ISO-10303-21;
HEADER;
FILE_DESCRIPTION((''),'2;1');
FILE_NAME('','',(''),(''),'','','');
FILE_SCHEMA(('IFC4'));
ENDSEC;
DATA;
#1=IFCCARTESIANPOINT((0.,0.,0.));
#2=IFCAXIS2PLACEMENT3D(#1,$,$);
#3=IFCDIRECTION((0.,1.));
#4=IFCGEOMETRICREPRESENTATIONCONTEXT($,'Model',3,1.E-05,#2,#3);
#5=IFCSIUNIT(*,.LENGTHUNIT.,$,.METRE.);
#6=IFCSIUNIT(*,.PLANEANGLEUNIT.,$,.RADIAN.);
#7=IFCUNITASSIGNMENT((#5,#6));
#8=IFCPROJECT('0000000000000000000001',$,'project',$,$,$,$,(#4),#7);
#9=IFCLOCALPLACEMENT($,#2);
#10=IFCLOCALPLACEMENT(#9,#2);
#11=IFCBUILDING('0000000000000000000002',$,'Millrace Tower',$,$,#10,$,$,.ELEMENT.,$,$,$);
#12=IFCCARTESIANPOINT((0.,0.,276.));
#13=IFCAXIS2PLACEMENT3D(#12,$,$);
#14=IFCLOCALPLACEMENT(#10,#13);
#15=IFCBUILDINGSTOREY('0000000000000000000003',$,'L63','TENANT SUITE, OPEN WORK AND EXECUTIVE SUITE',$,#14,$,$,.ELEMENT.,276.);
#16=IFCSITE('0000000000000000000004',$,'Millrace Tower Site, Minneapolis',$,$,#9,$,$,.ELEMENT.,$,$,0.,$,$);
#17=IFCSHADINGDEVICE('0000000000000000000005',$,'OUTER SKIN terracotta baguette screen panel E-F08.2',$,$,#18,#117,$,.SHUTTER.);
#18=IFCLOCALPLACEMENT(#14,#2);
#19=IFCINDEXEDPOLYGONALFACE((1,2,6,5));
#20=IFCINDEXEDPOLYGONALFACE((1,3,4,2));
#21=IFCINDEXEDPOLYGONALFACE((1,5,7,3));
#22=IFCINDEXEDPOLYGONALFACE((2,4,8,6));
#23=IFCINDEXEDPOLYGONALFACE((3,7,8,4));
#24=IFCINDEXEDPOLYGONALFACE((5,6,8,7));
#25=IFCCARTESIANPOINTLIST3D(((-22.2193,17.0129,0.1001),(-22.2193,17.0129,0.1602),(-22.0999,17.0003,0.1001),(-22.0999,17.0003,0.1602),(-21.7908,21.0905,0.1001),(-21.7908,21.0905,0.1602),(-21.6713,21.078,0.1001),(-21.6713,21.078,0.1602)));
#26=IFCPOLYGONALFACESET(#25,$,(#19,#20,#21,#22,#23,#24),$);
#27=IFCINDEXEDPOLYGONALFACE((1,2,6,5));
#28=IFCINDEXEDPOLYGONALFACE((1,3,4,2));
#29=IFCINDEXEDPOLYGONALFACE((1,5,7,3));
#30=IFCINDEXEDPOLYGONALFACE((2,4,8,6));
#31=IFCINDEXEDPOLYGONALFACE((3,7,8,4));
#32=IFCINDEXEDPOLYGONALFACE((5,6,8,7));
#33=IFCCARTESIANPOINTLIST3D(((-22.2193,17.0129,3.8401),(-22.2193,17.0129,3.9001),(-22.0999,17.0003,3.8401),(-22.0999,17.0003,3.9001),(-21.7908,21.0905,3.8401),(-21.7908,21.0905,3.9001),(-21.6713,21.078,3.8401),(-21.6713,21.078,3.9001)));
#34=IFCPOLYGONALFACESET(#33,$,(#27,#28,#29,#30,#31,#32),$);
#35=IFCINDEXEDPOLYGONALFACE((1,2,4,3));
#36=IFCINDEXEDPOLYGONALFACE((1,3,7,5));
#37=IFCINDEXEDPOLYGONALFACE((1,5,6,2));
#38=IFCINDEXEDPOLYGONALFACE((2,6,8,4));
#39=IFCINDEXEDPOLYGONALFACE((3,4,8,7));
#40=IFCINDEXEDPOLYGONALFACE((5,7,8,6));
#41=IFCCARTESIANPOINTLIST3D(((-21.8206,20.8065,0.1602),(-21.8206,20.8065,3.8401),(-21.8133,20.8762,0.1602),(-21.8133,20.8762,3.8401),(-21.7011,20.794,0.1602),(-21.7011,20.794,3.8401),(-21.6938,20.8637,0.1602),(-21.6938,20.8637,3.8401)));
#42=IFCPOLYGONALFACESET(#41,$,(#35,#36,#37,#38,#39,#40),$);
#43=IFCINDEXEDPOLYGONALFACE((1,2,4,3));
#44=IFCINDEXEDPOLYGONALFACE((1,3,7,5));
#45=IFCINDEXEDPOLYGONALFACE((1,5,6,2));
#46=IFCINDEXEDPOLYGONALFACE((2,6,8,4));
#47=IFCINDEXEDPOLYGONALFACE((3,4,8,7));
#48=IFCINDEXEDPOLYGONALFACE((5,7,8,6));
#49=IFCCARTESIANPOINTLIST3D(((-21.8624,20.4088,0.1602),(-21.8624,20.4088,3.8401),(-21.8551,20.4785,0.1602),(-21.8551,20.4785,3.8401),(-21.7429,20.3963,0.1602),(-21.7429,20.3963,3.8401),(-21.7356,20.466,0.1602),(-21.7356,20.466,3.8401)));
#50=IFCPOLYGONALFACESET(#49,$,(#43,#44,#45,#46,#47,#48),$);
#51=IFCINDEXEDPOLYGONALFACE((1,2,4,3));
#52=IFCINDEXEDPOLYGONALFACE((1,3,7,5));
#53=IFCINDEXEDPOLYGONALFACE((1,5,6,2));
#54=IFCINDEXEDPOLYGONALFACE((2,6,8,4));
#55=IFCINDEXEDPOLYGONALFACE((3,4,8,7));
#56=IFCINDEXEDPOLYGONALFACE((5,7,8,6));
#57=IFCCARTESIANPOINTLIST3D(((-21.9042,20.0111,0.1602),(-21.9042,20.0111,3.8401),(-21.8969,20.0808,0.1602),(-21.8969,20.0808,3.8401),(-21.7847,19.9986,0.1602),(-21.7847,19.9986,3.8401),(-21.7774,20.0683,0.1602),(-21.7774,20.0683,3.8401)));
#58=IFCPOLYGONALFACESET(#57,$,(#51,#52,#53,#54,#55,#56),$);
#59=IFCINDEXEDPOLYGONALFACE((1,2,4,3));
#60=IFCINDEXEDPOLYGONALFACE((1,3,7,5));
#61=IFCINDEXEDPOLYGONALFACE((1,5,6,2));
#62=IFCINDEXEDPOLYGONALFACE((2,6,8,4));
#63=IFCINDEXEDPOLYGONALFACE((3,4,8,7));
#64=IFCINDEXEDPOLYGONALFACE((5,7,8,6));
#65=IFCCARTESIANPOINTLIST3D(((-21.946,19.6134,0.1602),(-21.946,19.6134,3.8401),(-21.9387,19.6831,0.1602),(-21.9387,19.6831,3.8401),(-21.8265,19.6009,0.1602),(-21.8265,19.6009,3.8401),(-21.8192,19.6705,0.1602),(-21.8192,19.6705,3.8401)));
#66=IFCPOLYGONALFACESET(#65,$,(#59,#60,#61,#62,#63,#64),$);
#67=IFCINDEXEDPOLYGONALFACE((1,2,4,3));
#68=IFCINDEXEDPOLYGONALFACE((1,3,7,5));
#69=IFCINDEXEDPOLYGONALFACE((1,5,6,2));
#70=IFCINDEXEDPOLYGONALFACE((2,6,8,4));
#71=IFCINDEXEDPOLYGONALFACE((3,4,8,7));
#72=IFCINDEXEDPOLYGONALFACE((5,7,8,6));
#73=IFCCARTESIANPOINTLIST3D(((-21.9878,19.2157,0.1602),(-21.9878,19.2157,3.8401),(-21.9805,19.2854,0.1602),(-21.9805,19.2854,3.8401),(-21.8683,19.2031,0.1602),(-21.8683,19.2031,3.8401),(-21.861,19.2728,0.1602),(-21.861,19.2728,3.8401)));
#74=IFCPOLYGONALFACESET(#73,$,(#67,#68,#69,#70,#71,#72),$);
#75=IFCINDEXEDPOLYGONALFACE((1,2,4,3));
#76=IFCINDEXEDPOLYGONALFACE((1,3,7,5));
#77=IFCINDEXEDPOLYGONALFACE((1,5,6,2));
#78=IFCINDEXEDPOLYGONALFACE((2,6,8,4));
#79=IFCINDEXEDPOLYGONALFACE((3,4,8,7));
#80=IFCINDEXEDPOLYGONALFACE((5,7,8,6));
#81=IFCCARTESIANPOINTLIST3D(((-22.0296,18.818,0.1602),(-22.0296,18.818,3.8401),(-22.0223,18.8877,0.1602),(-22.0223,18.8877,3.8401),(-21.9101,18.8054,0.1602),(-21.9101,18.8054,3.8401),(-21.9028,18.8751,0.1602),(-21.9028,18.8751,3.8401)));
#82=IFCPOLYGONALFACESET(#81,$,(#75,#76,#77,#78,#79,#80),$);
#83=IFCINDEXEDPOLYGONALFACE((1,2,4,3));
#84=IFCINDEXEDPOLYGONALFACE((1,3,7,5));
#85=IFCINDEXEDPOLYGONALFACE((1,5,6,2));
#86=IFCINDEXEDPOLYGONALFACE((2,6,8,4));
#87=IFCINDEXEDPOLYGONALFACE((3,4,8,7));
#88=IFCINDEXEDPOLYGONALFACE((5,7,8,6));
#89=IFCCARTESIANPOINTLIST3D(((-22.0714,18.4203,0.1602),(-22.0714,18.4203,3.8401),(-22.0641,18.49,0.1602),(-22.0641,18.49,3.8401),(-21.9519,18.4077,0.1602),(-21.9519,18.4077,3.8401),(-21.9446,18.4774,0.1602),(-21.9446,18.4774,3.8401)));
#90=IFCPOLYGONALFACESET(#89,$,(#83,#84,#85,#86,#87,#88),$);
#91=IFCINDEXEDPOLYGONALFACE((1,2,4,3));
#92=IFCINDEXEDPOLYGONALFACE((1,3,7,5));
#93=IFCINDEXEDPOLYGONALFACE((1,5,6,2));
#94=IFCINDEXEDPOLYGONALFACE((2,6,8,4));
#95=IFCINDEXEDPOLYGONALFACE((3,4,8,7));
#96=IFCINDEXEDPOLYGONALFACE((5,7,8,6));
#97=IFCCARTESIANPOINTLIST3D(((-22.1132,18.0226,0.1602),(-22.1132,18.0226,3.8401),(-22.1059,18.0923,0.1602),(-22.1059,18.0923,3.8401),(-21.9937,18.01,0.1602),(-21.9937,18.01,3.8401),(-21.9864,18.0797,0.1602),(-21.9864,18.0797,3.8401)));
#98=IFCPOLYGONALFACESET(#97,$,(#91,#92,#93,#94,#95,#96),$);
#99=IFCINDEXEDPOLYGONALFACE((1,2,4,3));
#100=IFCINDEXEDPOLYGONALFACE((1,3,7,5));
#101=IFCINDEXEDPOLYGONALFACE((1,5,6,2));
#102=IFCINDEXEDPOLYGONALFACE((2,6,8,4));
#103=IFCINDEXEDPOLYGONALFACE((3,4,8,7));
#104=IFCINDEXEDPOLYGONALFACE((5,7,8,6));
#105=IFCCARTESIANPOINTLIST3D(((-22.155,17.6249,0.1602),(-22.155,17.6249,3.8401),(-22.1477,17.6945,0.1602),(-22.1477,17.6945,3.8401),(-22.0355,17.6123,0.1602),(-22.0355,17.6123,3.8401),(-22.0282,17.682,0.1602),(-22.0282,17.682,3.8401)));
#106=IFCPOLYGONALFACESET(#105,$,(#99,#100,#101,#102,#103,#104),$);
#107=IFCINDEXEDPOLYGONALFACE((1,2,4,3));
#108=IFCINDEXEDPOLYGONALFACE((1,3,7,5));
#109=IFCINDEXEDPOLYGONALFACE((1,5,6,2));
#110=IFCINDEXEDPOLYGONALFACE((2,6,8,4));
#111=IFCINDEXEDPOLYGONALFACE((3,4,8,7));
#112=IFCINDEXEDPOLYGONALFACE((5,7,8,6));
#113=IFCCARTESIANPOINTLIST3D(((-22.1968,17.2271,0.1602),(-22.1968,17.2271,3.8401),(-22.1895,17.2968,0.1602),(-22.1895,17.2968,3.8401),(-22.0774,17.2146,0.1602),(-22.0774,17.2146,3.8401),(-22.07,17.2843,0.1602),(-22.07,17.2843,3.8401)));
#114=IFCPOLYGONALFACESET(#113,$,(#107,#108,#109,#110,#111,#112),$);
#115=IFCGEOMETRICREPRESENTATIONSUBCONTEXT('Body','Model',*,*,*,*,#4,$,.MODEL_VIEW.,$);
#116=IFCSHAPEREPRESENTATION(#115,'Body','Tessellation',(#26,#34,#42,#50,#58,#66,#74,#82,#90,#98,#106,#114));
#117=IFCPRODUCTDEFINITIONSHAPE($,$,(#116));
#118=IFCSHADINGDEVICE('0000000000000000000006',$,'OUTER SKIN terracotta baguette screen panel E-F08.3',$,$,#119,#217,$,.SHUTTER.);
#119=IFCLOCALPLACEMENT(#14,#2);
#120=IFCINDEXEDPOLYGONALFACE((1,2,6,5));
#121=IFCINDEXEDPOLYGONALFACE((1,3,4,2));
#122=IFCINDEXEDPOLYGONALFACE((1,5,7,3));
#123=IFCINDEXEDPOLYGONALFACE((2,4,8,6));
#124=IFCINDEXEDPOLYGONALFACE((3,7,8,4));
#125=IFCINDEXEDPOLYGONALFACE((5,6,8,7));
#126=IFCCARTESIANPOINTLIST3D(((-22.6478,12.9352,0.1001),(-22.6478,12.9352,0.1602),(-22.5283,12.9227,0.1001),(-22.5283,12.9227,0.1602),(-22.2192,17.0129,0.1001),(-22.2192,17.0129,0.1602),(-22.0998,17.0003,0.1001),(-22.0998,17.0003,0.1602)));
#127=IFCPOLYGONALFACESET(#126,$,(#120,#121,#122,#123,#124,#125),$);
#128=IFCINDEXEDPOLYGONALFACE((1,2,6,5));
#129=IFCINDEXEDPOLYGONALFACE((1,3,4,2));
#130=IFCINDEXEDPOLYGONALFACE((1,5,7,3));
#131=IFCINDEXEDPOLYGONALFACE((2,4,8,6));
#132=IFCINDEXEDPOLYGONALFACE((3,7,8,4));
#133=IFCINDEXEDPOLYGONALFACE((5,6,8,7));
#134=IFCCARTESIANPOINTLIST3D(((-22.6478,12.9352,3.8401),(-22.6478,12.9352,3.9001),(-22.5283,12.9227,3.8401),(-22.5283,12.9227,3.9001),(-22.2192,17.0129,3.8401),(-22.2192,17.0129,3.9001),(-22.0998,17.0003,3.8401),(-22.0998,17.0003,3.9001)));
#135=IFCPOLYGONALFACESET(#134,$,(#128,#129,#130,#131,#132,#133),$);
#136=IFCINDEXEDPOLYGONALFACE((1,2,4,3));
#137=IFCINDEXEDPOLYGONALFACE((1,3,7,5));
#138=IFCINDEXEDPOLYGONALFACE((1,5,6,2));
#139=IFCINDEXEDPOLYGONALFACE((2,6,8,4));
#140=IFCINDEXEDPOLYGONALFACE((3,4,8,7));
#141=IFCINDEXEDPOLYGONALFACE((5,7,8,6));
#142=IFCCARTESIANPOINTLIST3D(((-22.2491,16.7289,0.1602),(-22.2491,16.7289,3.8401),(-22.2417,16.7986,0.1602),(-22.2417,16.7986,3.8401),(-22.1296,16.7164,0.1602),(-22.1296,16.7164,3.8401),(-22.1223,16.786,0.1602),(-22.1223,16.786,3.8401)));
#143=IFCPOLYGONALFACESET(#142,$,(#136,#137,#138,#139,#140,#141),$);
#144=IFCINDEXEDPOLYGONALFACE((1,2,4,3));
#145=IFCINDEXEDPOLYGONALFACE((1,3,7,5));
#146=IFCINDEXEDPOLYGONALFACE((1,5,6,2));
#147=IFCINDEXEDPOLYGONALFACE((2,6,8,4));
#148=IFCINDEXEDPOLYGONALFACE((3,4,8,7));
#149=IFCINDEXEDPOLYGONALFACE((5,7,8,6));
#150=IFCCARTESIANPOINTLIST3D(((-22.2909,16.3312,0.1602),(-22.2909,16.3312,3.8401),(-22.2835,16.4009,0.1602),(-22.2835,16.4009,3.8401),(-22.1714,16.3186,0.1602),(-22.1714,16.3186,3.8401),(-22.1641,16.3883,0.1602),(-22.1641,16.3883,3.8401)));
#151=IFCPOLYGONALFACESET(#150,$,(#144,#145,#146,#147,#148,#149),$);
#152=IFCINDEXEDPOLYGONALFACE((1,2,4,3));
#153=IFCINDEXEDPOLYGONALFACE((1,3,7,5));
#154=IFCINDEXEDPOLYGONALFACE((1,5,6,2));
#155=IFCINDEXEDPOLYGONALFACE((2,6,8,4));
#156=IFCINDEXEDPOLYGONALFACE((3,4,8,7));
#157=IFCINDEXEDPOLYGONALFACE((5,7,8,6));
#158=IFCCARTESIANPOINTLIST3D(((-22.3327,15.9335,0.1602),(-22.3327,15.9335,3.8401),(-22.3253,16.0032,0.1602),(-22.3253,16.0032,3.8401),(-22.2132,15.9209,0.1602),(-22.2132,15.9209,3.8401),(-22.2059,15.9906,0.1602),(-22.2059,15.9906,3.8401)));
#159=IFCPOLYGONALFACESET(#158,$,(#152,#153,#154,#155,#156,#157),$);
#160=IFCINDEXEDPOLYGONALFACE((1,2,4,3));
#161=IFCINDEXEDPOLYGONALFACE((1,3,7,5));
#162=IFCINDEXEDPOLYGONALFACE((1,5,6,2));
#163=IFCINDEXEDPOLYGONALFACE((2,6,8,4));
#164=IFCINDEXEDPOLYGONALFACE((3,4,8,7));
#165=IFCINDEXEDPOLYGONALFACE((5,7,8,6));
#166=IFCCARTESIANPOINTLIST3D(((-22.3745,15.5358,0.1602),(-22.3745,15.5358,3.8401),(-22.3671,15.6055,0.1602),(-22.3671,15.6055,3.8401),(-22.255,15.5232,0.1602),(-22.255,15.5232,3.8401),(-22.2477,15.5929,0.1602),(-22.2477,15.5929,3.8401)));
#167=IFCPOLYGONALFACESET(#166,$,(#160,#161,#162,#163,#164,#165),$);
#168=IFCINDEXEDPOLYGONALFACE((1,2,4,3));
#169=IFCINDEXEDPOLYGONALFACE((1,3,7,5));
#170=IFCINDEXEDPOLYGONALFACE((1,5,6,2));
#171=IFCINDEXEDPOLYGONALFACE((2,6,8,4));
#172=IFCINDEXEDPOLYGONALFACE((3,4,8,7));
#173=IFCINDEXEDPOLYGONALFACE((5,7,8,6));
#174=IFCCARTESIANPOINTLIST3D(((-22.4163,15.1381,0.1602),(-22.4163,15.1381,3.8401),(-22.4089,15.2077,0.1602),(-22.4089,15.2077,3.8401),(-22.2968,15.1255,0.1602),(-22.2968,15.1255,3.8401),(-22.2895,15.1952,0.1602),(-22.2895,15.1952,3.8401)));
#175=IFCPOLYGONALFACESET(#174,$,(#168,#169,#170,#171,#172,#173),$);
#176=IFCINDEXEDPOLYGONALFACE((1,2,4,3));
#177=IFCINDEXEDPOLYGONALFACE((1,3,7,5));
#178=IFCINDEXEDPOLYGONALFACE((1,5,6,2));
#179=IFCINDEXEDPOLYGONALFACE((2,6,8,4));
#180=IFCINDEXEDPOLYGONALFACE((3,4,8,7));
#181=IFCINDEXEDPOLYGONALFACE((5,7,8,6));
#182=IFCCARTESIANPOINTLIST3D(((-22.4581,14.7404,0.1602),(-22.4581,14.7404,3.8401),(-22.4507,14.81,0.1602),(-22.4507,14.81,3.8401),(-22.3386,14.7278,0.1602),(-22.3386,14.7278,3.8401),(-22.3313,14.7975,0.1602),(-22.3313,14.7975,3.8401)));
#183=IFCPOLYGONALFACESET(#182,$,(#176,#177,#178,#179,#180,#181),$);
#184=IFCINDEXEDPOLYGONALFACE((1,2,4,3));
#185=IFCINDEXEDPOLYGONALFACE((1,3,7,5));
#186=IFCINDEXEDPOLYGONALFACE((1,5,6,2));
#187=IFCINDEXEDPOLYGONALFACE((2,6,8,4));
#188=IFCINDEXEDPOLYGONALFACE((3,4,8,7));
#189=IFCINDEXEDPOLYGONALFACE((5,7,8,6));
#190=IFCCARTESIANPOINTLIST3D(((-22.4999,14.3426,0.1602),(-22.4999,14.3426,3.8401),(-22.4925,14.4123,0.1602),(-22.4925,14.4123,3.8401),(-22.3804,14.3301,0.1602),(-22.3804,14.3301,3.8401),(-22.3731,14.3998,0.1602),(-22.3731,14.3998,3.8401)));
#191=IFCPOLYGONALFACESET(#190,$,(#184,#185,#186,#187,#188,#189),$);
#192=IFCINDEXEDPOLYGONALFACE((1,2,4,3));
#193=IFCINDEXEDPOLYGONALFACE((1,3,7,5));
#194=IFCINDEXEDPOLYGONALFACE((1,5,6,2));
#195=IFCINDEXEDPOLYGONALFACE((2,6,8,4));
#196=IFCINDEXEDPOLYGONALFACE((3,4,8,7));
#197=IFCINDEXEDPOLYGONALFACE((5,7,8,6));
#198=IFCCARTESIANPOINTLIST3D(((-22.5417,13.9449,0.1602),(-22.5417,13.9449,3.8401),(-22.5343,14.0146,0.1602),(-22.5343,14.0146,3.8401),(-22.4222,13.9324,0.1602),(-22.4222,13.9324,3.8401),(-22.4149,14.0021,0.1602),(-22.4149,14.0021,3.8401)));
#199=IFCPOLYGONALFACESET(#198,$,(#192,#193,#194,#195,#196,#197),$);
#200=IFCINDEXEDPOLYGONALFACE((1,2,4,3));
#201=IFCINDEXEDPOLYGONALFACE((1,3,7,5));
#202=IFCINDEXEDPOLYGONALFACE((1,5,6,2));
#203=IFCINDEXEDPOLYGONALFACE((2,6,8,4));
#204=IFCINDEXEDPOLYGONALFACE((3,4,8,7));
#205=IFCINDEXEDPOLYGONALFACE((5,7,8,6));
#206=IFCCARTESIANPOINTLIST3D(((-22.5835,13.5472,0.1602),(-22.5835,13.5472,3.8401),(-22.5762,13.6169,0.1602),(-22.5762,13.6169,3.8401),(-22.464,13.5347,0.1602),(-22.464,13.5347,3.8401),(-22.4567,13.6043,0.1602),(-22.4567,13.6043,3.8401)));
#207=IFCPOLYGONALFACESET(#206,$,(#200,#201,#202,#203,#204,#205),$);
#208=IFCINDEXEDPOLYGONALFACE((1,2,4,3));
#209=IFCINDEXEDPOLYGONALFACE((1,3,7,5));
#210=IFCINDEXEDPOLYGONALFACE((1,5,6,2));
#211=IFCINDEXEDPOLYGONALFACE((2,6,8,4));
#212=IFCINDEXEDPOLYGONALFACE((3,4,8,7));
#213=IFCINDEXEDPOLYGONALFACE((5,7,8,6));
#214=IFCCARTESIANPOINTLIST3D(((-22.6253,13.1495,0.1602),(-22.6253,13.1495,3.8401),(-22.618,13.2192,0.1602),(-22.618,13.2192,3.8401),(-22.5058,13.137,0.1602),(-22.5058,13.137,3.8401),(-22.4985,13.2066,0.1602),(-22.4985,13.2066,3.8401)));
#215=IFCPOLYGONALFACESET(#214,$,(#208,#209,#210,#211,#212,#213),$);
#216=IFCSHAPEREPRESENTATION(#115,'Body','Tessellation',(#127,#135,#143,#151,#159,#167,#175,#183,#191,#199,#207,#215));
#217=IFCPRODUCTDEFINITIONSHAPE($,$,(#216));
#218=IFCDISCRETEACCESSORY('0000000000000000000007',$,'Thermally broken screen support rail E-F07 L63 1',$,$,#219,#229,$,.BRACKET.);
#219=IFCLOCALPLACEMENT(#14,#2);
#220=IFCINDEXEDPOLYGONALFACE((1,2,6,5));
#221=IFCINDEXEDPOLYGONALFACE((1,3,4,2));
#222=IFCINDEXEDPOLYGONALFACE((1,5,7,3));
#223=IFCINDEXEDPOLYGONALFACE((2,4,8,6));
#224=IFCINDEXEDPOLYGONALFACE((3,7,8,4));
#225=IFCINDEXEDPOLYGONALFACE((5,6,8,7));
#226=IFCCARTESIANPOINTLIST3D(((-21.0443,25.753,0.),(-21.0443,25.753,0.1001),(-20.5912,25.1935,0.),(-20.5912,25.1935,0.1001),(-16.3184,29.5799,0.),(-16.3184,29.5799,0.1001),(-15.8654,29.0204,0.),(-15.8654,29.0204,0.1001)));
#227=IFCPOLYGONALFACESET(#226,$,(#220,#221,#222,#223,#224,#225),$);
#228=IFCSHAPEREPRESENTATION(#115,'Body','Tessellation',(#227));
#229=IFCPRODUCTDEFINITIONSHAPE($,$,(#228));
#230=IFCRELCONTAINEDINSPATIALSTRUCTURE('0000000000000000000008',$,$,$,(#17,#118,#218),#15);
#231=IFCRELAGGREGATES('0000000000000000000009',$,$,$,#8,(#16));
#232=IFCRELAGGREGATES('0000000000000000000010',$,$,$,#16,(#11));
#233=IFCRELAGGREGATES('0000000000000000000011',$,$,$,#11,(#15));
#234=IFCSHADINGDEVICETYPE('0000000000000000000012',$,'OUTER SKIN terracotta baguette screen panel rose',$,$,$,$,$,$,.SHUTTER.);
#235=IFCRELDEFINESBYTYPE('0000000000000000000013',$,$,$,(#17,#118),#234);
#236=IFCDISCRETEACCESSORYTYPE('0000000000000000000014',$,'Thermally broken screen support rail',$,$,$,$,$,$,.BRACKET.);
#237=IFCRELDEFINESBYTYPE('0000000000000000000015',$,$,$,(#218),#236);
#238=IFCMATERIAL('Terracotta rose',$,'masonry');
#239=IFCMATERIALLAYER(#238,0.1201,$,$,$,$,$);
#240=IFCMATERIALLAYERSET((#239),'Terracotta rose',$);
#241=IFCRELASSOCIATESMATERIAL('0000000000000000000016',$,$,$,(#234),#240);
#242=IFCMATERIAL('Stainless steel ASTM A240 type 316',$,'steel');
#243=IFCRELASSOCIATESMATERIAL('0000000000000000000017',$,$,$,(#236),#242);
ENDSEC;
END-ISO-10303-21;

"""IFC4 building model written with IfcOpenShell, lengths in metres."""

from ifc_helpers import new_model, entity, si_unit, direction, frame, frame_2d, origin, origin_2d, place, context, subcontext, project, spatial, rectangle, extrude, source, transform, mapped, material, layer, layer_set, type_object, element, save


model = new_model("IFC4")

# Units and contexts
model_context = context("Model", 3, precision=1e-05, world=origin(), true_north=direction((0.0, 1.0)))
body_context = subcontext(model_context, "Body", "Model", "MODEL_VIEW")
ifc_project = project(units=[si_unit("LENGTHUNIT", "METRE"), si_unit("PLANEANGLEUNIT", "RADIAN")], contexts=[model_context])

# Site, building, storey
site_placement = place(None, origin())
site = spatial("IfcSite", under=ifc_project, at=site_placement, Name="Millrace Tower Site, Minneapolis", CompositionType="ELEMENT", RefElevation=0.0)
building_placement = place(site_placement, origin())
building = spatial("IfcBuilding", under=site, at=building_placement, Name="Millrace Tower", CompositionType="ELEMENT")
storey_placement = place(building_placement, frame((0.0, 0.0, 276.0)))
storey = spatial("IfcBuildingStorey", under=building, at=storey_placement, Name="L63", Description="TENANT SUITE, OPEN WORK AND EXECUTIVE SUITE", CompositionType="ELEMENT", Elevation=276.0)

# Shading devices
ifc_material_1 = material(Name="Terracotta rose", Category="masonry")
ifc_layer_1 = layer(ifc_material_1, 0.1201)
ifc_layer_set_1 = layer_set([ifc_layer_1], Name="Terracotta rose")
shading_device_type = type_object("IfcShadingDeviceType", Name="OUTER SKIN terracotta baguette screen panel rose", PredefinedType="SHUTTER", material=ifc_layer_set_1)
cartesian_point_1 = entity("IfcCartesianPoint", [-2.05, 0.0601])
shared_polyline_1 = entity("IfcPolyline", [cartesian_point_1, entity("IfcCartesianPoint", [2.05, 0.0601]), entity("IfcCartesianPoint", [2.05, -0.0601]), entity("IfcCartesianPoint", [-2.05, -0.0601]), cartesian_point_1])
shared_shape_1 = source(origin(), body_context, "Body", "SweptSolid", [
    entity("IfcExtrudedAreaSolid", entity("IfcArbitraryClosedProfileDef", "AREA", None, shared_polyline_1), entity("IfcAxis2Placement3D", entity("IfcCartesianPoint", [0.0, 0.0, 0.0])), entity("IfcDirection", [0.0, 0.0, 1.0]), 0.0601),
    entity("IfcExtrudedAreaSolid", entity("IfcArbitraryClosedProfileDef", "AREA", None, shared_polyline_1), entity("IfcAxis2Placement3D", entity("IfcCartesianPoint", [0.0, 0.0, 3.74])), entity("IfcDirection", [0.0, 0.0, 1.0]), 0.0601),
    extrude(rectangle(XDim=0.0701, YDim=0.1201, at=frame_2d((-1.7996, 0.0))), frame((0.0, 0.0, 0.0601)), (0.0, 0.0, 1.0), 3.6799),
    extrude(rectangle(XDim=0.0701, YDim=0.1201, at=frame_2d((-1.3997, 0.0))), frame((0.0, 0.0, 0.0601)), (0.0, 0.0, 1.0), 3.6799),
    extrude(rectangle(XDim=0.0701, YDim=0.1201, at=frame_2d((-0.9998, 0.0))), frame((0.0, 0.0, 0.0601)), (0.0, 0.0, 1.0), 3.6799),
    extrude(rectangle(XDim=0.0701, YDim=0.1201, at=frame_2d((-0.5999, 0.0))), frame((0.0, 0.0, 0.0601)), (0.0, 0.0, 1.0), 3.6799),
    extrude(rectangle(XDim=0.0701, YDim=0.1201, at=frame_2d((-0.2, 0.0))), frame((0.0, 0.0, 0.0601)), (0.0, 0.0, 1.0), 3.6799),
    extrude(rectangle(XDim=0.0701, YDim=0.1201, at=frame_2d((0.2, 0.0))), frame((0.0, 0.0, 0.0601)), (0.0, 0.0, 1.0), 3.6799),
    extrude(rectangle(XDim=0.0701, YDim=0.1201, at=frame_2d((0.5999, 0.0))), frame((0.0, 0.0, 0.0601)), (0.0, 0.0, 1.0), 3.6799),
    extrude(rectangle(XDim=0.0701, YDim=0.1201, at=frame_2d((0.9998, 0.0))), frame((0.0, 0.0, 0.0601)), (0.0, 0.0, 1.0), 3.6799),
    extrude(rectangle(XDim=0.0701, YDim=0.1201, at=frame_2d((1.3997, 0.0))), frame((0.0, 0.0, 0.0601)), (0.0, 0.0, 1.0), 3.6799),
    extrude(rectangle(XDim=0.0701, YDim=0.1201, at=frame_2d((1.7996, 0.0))), frame((0.0, 0.0, 0.0601)), (0.0, 0.0, 1.0), 3.6799),
])
for number, where, z_axis, x_axis, name in (
    (1, (-21.9453, 19.0454, 0.1001), (0.0, 0.0, 1.0), (-0.104528, -0.994522, 0.0), "OUTER SKIN terracotta baguette screen panel E-F08.2"),
    (2, (-22.3738, 14.9678, 0.1001), (0.0, 0.0, 1.0), (-0.104528, -0.994522, 0.0), "OUTER SKIN terracotta baguette screen panel E-F08.3"),
):
    element("IfcShadingDevice", number, at=place(storey_placement, frame(where, z_axis=z_axis, x_axis=x_axis)), inside=storey, type_object=shading_device_type, Name=name, PredefinedType="SHUTTER", context=body_context, shape_type="MappedRepresentation", body=[
        mapped(shared_shape_1, transform((0.0, 0.0, 0.0), scale=1.0)),
    ])

# Discrete accessory
ifc_material_2 = material(Name="Stainless steel ASTM A240 type 316", Category="steel")
discrete_accessory_type = type_object("IfcDiscreteAccessoryType", Name="Thermally broken screen support rail", PredefinedType="BRACKET", material=ifc_material_2)
discrete_accessory_placement = place(storey_placement, frame((-18.4548, 27.3867, 0.0), z_axis=(0.0, 0.0, 1.0), x_axis=(-0.777146, -0.62932, 0.0)))
element("IfcDiscreteAccessory", 3, at=discrete_accessory_placement, inside=storey, type_object=discrete_accessory_type, Name="Thermally broken screen support rail E-F07 L63 1", PredefinedType="BRACKET", context=body_context, shape_type="SweptSolid", body=[
    extrude(rectangle(XDim=6.0811, YDim=0.72, at=origin_2d()), origin(), (0.0, 0.0, 1.0), 0.1001),
])

save(model, "model.ifc")
